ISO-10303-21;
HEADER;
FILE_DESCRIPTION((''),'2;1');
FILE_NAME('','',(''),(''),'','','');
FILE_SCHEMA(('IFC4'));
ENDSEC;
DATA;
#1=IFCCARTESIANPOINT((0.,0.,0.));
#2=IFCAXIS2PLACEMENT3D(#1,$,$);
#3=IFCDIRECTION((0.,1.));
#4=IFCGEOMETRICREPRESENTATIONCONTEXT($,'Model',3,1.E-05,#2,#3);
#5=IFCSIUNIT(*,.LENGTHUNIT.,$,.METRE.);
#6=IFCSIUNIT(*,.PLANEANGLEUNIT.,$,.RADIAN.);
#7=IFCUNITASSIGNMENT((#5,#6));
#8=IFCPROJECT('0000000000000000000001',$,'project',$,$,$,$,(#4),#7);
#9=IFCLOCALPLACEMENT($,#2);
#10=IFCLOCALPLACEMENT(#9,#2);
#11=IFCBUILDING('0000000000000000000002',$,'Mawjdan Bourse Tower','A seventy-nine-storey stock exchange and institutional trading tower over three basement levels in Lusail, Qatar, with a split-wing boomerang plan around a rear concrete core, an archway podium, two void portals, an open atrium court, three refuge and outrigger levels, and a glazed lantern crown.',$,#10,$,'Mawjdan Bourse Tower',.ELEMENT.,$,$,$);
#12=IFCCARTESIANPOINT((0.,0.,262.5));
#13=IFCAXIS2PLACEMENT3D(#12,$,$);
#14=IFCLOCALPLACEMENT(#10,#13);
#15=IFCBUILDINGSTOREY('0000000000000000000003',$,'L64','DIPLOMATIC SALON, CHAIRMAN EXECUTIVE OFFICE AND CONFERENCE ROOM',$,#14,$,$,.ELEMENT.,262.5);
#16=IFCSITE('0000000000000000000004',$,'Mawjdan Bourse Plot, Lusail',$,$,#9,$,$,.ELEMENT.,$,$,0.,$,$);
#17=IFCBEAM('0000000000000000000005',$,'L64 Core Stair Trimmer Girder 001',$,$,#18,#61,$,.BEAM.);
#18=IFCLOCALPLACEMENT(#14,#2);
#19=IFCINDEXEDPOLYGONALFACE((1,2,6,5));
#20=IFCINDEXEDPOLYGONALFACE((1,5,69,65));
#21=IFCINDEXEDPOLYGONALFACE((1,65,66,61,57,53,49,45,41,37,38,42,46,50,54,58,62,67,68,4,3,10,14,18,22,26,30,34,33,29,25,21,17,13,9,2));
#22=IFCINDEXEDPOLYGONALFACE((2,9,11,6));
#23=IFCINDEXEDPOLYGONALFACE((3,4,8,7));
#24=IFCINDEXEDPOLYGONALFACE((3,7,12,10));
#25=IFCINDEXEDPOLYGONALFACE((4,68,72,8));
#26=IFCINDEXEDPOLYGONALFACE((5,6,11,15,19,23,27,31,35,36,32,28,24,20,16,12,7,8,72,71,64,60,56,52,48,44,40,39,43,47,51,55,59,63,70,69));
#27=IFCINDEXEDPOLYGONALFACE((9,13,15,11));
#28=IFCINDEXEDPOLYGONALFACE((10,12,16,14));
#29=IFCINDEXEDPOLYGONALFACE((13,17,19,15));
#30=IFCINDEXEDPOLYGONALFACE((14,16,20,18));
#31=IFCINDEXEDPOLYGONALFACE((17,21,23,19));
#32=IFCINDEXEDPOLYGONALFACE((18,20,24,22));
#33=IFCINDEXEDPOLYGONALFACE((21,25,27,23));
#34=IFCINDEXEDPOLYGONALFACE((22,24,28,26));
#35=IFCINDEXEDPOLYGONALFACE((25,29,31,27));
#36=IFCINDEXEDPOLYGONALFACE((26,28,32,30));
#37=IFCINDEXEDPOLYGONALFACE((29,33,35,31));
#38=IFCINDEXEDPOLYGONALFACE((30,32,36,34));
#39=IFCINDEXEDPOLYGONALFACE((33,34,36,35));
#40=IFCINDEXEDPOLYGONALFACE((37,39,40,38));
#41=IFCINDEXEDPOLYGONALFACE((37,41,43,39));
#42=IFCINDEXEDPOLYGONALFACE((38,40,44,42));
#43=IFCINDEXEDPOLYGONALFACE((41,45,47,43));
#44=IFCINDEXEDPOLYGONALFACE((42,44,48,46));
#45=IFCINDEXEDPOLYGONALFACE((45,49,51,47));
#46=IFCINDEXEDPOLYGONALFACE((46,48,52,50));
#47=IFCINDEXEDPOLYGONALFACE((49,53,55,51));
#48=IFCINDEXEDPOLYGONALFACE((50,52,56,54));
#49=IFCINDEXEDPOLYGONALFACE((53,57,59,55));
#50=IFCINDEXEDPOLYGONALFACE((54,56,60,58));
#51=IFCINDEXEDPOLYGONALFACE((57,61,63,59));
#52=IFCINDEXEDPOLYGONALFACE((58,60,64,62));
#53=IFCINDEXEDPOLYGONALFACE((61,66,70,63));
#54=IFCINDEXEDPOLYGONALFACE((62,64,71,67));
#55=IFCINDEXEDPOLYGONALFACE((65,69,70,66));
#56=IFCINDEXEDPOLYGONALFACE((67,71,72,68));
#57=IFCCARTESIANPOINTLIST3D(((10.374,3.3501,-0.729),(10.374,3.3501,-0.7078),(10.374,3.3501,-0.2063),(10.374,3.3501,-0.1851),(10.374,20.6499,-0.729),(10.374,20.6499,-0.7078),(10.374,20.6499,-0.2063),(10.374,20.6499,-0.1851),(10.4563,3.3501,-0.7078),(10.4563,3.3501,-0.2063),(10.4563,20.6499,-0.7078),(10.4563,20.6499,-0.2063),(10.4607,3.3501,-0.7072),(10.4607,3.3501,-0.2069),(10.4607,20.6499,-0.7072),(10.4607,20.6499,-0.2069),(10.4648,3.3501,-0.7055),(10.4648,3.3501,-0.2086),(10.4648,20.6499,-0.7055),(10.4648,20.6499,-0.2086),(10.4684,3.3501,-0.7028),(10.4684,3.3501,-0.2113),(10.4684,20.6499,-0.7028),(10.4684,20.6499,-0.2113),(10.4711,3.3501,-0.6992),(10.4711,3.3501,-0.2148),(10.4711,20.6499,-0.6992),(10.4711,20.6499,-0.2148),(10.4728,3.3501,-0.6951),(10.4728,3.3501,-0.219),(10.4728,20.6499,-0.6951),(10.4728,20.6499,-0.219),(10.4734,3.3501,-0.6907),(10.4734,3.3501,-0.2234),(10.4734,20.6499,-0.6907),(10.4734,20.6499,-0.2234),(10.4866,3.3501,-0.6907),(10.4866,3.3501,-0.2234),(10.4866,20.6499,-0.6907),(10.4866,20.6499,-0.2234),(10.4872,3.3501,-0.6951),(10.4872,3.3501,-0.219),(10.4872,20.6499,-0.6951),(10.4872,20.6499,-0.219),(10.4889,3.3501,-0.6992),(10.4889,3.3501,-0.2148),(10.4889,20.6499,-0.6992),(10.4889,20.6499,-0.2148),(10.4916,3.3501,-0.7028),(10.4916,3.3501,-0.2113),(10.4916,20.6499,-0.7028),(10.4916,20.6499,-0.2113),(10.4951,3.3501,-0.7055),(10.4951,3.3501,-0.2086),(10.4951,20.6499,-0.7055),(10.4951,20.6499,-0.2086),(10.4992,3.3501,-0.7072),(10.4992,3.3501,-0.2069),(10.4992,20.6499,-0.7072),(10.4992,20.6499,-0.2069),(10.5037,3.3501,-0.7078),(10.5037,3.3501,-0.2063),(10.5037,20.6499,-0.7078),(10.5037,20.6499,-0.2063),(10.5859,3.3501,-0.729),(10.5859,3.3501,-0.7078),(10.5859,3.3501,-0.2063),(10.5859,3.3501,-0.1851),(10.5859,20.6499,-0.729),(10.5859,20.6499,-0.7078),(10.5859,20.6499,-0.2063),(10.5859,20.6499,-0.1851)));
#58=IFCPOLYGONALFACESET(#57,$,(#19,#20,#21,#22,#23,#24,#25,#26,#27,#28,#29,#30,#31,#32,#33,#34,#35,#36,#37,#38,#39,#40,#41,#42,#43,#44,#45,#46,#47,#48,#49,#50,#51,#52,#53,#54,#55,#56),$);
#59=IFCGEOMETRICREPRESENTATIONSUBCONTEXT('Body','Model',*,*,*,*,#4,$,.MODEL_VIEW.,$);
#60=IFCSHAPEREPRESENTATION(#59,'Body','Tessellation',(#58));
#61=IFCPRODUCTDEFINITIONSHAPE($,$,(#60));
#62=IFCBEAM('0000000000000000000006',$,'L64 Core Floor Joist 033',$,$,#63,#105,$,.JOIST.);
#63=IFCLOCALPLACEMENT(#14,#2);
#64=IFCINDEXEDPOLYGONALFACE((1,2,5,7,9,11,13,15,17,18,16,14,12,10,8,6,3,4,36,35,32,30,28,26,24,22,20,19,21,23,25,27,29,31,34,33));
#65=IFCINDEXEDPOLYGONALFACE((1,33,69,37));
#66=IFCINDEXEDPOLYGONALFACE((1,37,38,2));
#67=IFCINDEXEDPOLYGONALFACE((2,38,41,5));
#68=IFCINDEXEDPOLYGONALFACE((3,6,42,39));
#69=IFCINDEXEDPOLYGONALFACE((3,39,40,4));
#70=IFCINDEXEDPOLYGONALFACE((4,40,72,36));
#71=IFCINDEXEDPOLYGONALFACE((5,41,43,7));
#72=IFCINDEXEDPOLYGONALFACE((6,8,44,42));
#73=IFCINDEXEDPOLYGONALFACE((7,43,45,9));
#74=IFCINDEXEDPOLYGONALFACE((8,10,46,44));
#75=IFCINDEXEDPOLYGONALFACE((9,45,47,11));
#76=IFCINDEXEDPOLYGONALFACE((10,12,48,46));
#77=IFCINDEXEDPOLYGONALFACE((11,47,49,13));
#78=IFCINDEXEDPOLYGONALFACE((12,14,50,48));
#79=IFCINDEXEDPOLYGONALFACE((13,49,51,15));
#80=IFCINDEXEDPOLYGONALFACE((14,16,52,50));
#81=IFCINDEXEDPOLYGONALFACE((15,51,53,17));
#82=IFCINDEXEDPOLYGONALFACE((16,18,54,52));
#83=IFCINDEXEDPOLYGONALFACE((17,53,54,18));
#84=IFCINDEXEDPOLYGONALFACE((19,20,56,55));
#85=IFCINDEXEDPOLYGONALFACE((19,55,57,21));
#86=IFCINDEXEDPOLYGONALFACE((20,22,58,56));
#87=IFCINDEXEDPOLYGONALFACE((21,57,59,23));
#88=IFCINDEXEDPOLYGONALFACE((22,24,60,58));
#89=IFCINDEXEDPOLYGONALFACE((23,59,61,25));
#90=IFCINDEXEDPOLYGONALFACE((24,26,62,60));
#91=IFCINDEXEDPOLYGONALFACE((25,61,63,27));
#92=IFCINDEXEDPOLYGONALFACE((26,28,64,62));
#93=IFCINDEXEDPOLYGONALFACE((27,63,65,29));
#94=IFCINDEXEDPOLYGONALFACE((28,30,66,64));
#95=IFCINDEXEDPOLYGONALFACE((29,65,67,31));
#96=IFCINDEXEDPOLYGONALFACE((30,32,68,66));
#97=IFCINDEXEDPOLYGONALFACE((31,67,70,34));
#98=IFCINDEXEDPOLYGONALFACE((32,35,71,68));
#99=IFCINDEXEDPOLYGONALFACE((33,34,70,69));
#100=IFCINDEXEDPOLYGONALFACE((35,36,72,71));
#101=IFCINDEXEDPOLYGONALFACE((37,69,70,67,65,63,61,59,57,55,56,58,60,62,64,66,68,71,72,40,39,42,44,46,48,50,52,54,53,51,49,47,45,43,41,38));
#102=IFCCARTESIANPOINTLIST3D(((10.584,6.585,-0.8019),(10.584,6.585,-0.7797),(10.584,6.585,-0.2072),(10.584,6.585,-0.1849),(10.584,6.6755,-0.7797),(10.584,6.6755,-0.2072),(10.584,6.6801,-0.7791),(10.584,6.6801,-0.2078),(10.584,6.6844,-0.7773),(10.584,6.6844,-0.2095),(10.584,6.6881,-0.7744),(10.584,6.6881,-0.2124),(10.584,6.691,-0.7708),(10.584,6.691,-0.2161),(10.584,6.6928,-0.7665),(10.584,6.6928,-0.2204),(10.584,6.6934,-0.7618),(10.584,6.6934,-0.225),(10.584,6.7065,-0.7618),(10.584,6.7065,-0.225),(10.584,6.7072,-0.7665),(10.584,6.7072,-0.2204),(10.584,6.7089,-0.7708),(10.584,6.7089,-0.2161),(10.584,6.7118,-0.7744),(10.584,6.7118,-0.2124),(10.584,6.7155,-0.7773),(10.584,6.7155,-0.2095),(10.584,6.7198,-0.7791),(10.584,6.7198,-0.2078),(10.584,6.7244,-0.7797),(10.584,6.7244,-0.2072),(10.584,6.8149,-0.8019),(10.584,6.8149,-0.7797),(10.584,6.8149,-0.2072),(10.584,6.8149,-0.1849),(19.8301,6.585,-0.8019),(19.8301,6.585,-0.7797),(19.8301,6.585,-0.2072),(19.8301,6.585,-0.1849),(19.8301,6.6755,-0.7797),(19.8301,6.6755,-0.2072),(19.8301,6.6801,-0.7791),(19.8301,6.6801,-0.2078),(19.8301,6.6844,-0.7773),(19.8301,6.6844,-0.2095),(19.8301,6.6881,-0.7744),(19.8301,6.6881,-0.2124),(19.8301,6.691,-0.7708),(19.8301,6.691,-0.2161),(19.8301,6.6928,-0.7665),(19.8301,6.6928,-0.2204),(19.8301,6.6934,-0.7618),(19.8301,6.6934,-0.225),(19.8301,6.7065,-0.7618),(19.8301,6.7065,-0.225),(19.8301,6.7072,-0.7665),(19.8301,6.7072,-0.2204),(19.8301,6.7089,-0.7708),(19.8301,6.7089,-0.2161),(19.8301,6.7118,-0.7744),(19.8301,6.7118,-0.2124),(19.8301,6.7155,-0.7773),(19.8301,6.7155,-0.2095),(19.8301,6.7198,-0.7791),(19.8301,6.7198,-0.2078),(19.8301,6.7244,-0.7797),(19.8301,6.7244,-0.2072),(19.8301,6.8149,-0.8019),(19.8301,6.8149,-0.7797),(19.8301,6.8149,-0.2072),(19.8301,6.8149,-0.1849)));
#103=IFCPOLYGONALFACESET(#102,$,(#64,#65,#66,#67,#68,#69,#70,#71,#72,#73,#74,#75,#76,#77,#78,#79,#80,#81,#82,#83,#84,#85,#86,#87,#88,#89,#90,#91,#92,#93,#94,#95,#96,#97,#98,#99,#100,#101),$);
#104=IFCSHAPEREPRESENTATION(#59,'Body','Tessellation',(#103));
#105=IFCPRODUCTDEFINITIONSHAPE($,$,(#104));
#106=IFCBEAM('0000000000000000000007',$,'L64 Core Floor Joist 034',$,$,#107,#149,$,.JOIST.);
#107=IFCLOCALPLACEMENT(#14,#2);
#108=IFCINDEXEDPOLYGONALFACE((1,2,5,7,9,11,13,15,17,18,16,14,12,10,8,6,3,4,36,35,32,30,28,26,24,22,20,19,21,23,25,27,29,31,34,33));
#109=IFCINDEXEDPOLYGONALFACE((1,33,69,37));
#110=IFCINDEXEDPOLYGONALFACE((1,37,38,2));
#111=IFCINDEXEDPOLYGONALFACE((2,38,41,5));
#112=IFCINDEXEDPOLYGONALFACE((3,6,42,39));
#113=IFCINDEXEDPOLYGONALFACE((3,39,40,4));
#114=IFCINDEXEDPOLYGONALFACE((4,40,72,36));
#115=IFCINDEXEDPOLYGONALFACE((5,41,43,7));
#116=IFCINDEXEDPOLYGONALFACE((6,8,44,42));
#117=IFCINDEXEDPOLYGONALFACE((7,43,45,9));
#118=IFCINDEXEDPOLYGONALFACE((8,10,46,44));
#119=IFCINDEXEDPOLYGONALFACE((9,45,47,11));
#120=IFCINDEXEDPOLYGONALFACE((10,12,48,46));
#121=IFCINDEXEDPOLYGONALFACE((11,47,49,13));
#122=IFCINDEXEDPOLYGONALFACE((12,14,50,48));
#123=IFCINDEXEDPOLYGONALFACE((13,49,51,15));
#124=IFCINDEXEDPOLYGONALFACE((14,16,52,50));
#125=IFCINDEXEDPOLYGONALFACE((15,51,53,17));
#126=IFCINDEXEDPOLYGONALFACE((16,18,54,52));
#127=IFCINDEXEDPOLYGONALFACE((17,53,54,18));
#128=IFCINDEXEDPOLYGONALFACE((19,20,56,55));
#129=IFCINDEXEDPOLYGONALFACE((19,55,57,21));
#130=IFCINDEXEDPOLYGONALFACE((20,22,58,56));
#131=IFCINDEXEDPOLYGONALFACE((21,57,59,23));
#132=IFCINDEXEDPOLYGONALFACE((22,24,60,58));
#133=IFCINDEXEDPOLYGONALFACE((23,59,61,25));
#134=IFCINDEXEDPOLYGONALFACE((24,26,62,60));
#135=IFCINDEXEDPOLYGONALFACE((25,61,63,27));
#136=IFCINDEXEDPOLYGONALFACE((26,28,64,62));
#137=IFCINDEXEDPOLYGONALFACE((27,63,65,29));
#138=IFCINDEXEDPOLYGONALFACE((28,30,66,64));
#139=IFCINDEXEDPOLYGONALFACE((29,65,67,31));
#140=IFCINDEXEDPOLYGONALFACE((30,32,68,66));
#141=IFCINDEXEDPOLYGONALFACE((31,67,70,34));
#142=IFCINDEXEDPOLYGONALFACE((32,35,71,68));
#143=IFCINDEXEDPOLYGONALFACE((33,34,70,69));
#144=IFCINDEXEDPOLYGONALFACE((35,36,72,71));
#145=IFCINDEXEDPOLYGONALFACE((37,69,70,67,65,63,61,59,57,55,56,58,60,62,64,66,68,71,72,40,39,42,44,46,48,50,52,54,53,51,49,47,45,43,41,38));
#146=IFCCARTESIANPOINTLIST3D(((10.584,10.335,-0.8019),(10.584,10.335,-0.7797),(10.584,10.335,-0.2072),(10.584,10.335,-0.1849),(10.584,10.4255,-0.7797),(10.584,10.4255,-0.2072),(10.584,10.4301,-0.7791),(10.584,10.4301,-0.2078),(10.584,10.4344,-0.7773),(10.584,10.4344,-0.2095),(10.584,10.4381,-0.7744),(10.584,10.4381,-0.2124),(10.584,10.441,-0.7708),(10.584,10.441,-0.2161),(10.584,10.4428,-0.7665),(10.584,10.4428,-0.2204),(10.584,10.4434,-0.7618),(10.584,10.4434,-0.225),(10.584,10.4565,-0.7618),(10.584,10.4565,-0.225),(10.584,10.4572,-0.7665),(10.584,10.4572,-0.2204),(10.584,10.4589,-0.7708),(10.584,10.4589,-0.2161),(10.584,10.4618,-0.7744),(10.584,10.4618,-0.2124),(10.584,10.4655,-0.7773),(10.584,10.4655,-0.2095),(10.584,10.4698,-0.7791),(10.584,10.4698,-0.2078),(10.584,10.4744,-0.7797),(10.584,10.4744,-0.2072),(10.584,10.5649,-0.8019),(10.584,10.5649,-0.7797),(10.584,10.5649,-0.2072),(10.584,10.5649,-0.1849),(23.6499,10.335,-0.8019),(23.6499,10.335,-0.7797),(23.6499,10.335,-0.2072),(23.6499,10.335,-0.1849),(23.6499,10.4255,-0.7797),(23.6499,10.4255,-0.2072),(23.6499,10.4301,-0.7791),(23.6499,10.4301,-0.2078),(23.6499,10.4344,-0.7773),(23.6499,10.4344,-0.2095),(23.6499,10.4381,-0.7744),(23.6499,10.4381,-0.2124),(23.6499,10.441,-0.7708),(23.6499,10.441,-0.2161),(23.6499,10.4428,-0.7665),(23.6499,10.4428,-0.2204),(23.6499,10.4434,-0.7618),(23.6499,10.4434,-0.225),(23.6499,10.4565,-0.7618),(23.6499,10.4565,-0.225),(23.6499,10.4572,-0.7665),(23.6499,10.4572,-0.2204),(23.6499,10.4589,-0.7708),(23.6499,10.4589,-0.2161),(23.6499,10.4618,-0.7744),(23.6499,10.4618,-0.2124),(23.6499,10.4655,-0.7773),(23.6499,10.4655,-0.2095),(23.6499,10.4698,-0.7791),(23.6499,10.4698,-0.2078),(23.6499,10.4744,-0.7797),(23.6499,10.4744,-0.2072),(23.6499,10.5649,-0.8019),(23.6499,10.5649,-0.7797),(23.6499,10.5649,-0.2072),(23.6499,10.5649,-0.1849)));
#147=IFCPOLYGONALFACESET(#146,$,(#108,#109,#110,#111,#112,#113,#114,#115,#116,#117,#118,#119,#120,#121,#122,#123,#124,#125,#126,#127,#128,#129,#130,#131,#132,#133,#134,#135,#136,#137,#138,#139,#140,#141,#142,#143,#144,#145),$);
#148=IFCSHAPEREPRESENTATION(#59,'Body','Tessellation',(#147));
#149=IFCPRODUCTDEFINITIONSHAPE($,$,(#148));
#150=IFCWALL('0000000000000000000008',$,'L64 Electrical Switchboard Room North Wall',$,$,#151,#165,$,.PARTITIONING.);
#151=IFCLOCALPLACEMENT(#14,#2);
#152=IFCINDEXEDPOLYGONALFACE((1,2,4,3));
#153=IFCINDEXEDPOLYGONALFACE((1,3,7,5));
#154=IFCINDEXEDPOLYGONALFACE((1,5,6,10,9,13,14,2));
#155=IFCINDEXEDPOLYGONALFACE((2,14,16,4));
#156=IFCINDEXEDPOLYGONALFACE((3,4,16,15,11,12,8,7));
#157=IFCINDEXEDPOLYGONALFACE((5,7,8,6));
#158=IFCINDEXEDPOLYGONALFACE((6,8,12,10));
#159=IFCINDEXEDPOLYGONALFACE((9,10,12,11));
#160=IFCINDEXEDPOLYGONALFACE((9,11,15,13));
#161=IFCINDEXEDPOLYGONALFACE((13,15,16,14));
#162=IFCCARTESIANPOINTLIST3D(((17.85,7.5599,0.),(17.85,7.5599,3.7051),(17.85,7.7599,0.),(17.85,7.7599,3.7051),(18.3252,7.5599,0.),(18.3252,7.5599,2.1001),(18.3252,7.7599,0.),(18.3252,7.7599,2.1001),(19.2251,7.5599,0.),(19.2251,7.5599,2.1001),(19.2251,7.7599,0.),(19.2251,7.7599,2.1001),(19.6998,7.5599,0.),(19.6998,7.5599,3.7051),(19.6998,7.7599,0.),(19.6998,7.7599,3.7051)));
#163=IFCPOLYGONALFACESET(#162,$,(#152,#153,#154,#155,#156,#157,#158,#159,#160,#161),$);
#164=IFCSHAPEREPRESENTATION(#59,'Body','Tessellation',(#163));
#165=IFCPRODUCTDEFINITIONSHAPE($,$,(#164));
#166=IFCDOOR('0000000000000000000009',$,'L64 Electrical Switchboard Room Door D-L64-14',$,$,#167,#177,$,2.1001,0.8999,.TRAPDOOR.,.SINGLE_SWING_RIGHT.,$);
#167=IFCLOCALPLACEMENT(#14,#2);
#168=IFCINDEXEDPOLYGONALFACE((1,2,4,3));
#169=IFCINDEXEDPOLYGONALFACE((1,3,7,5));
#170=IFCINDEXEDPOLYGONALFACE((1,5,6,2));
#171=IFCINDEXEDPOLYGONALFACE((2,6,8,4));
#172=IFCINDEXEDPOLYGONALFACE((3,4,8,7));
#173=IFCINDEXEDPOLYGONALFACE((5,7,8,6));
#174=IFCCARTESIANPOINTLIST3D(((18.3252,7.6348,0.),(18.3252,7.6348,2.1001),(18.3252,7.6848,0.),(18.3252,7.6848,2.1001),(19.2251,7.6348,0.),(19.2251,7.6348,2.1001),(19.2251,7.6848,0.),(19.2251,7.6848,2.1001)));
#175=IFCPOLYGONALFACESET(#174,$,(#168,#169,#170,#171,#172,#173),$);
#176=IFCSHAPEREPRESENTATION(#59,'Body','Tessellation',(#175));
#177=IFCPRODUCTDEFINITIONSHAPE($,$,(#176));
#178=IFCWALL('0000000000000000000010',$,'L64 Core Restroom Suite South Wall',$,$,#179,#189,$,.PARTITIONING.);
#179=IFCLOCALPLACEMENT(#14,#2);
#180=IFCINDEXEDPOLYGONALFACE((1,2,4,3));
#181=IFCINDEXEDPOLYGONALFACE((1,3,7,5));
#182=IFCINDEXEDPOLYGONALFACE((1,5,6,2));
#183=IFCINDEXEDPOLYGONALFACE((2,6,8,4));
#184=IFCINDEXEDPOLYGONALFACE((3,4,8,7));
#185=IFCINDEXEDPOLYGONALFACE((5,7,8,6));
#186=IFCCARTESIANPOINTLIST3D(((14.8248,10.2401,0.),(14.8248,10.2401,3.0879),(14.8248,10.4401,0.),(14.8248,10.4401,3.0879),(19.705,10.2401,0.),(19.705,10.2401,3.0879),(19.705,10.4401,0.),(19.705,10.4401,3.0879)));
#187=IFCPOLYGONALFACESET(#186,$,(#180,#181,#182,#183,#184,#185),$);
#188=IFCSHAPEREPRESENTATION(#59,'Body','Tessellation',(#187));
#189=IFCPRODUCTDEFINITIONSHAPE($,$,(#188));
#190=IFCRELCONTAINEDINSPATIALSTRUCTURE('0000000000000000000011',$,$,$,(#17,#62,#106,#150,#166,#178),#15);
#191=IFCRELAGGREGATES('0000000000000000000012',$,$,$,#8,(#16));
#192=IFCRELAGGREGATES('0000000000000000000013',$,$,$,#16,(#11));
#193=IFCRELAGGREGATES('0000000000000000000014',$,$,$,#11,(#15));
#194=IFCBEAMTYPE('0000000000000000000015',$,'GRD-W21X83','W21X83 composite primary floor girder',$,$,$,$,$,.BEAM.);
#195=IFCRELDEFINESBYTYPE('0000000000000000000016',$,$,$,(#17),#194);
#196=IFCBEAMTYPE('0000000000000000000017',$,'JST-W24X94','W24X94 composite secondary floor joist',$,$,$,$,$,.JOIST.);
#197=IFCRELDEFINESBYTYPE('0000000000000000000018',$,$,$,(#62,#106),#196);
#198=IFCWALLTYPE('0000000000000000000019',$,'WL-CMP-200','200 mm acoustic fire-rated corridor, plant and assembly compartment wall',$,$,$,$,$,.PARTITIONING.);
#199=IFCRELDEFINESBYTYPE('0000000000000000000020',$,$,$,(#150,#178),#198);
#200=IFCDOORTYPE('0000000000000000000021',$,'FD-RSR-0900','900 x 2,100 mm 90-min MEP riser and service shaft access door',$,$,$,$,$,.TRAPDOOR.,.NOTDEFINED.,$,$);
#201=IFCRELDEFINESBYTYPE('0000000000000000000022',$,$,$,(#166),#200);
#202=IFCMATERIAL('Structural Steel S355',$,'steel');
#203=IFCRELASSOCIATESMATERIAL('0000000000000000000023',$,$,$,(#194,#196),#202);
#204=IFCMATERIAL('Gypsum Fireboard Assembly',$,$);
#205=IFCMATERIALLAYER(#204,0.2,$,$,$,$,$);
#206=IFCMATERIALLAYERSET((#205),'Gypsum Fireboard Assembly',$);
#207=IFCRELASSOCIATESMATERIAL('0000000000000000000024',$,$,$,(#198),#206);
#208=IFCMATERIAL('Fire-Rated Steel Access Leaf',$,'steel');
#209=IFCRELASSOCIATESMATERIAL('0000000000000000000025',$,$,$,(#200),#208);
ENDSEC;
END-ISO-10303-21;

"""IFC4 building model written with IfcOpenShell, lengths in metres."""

from ifc_helpers import new_model, si_unit, direction, frame, frame_2d, origin, origin_2d, place, context, subcontext, project, spatial, rectangle, i_section, extrude, material, layer, layer_set, material_profile, profile_set, type_object, element, fill, save


model = new_model("IFC4")

# Units and contexts
model_context = context("Model", 3, precision=1e-05, world=origin(), true_north=direction((0.0, 1.0)))
body_context = subcontext(model_context, "Body", "Model", "MODEL_VIEW")
ifc_project = project(units=[si_unit("LENGTHUNIT", "METRE"), si_unit("PLANEANGLEUNIT", "RADIAN")], contexts=[model_context])

# Site, building, storey
site_placement = place(None, origin())
site = spatial("IfcSite", under=ifc_project, at=site_placement, Name="Mawjdan Bourse Plot, Lusail", CompositionType="ELEMENT", RefElevation=0.0)
building_placement = place(site_placement, origin())
building = spatial("IfcBuilding", under=site, at=building_placement, Name="Mawjdan Bourse Tower", Description="A seventy-nine-storey stock exchange and institutional trading tower over three basement levels in Lusail, Qatar, with a split-wing boomerang plan around a rear concrete core, an archway podium, two void portals, an open atrium court, three refuge and outrigger levels, and a glazed lantern crown.", LongName="Mawjdan Bourse Tower", CompositionType="ELEMENT")
storey_placement = place(building_placement, frame((0.0, 0.0, 262.5)))
storey = spatial("IfcBuildingStorey", under=building, at=storey_placement, Name="L64", Description="DIPLOMATIC SALON, CHAIRMAN EXECUTIVE OFFICE AND CONFERENCE ROOM", CompositionType="ELEMENT", Elevation=262.5)

# Beams
ifc_material_1 = material(Name="Structural Steel S355", Category="steel")
ifc_material_profile_1 = material_profile(ifc_material_1, i_section(OverallWidth=0.2119, OverallDepth=0.5439, WebThickness=0.0132, FlangeThickness=0.0212, FilletRadius=0.0171, at=origin_2d()), Name="W21X83")
ifc_profile_set_1 = profile_set([ifc_material_profile_1], Name="Structural Steel S355")
beam_type_1 = type_object("IfcBeamType", Name="GRD-W21X83", Description="W21X83 composite primary floor girder", PredefinedType="BEAM", material=ifc_profile_set_1)
beam_1_placement = place(storey_placement, frame((10.48, 3.3501, -0.457), z_axis=(0.0, 1.0, 0.0), x_axis=(-1.0, 0.0, 0.0)))
element("IfcBeam", 1, at=beam_1_placement, inside=storey, type_object=beam_type_1, Name="L64 Core Stair Trimmer Girder 001", PredefinedType="BEAM", context=body_context, shape_type="SweptSolid", body=[
    extrude(i_section(OverallWidth=0.2119, OverallDepth=0.5439, WebThickness=0.0132, FlangeThickness=0.0212, FilletRadius=0.0171, at=origin_2d()), origin(), (0.0, 0.0, 1.0), 17.2998),
])
ifc_material_profile_2 = material_profile(ifc_material_1, i_section(OverallWidth=0.23, OverallDepth=0.6169, WebThickness=0.0132, FlangeThickness=0.0222, FilletRadius=0.0178, at=origin_2d()), Name="W24X94")
ifc_profile_set_2 = profile_set([ifc_material_profile_2], Name="Structural Steel S355")
beam_type_2 = type_object("IfcBeamType", Name="JST-W24X94", Description="W24X94 composite secondary floor joist", PredefinedType="JOIST", material=ifc_profile_set_2)
beam_2_placement = place(storey_placement, frame((10.584, 6.7, -0.4934), z_axis=(1.0, 0.0, 0.0), x_axis=(0.0, 1.0, 0.0)))
element("IfcBeam", 2, at=beam_2_placement, inside=storey, type_object=beam_type_2, Name="L64 Core Floor Joist 033", PredefinedType="JOIST", context=body_context, shape_type="SweptSolid", body=[
    extrude(i_section(OverallWidth=0.23, OverallDepth=0.6169, WebThickness=0.0132, FlangeThickness=0.0222, FilletRadius=0.0178, at=origin_2d()), origin(), (0.0, 0.0, 1.0), 9.2461),
])
beam_3_placement = place(storey_placement, frame((10.584, 10.45, -0.4934), z_axis=(1.0, 0.0, 0.0), x_axis=(0.0, 1.0, 0.0)))
element("IfcBeam", 3, at=beam_3_placement, inside=storey, type_object=beam_type_2, Name="L64 Core Floor Joist 034", PredefinedType="JOIST", context=body_context, shape_type="SweptSolid", body=[
    extrude(i_section(OverallWidth=0.23, OverallDepth=0.6169, WebThickness=0.0132, FlangeThickness=0.0222, FilletRadius=0.0178, at=origin_2d()), origin(), (0.0, 0.0, 1.0), 13.0659),
])

# Wall, opening, door
ifc_material_2 = material(Name="Gypsum Fireboard Assembly")
ifc_layer_1 = layer(ifc_material_2, 0.2)
ifc_layer_set_1 = layer_set([ifc_layer_1], Name="Gypsum Fireboard Assembly")
wall_type_1 = type_object("IfcWallType", Name="WL-CMP-200", Description="200 mm acoustic fire-rated corridor, plant and assembly compartment wall", PredefinedType="PARTITIONING", material=ifc_layer_set_1)
wall_1_placement = place(storey_placement, frame((17.8501, 7.6599, 0.0), z_axis=(0.0, 0.0, 1.0), x_axis=(1.0, 0.0, 0.0)))
wall_1 = element("IfcWall", 4, at=wall_1_placement, inside=storey, type_object=wall_type_1, Name="L64 Electrical Switchboard Room North Wall", PredefinedType="PARTITIONING", context=body_context, shape_type="SweptSolid", body=[
    extrude(rectangle(XDim=1.8499, YDim=0.2, at=frame_2d((0.9248, 0.0))), origin(), (0.0, 0.0, 1.0), 3.7051),
])
opening_1_placement = place(wall_1_placement, frame((0.4751, 0.0, 0.0)))
opening_1 = element("IfcOpeningElement", 5, at=opening_1_placement, cuts=wall_1, PredefinedType="OPENING", context=body_context, shape_type="SweptSolid", body=[
    extrude(rectangle(XDim=0.8999, YDim=2.1001, at=frame_2d((0.45, 1.05))), frame((0.0, 0.1099, 0.0), z_axis=(0.0, -1.0, 0.0), x_axis=(1.0, 0.0, 0.0)), (0.0, 0.0, 1.0), 0.22),
])
ifc_material_3 = material(Name="Fire-Rated Steel Access Leaf", Category="steel")
door_type_1 = type_object("IfcDoorType", Name="FD-RSR-0900", Description="900 x 2,100 mm 90-min MEP riser and service shaft access door", OperationType="NOTDEFINED", PredefinedType="TRAPDOOR", material=ifc_material_3)
door_1_placement = place(opening_1_placement, origin())
door_1 = element("IfcDoor", 6, at=door_1_placement, inside=storey, type_object=door_type_1, Name="L64 Electrical Switchboard Room Door D-L64-14", OperationType="SINGLE_SWING_RIGHT", OverallHeight=2.1001, OverallWidth=0.8999, PredefinedType="TRAPDOOR", context=body_context, shape_type="SweptSolid", body=[
    extrude(rectangle(XDim=0.8999, YDim=2.1001, at=frame_2d((0.45, 1.05))), frame((0.0, 0.0249, 0.0), z_axis=(0.0, -1.0, 0.0), x_axis=(1.0, 0.0, 0.0)), (0.0, 0.0, 1.0), 0.05),
])
fill(opening_1, door_1)

# Wall
wall_2_placement = place(storey_placement, frame((14.825, 10.3401, 0.0), z_axis=(0.0, 0.0, 1.0), x_axis=(1.0, 0.0, 0.0)))
element("IfcWall", 7, at=wall_2_placement, inside=storey, type_object=wall_type_1, Name="L64 Core Restroom Suite South Wall", PredefinedType="PARTITIONING", context=body_context, shape_type="SweptSolid", body=[
    extrude(rectangle(XDim=4.8801, YDim=0.2, at=frame_2d((2.4399, 0.0))), origin(), (0.0, 0.0, 1.0), 3.0879),
])

save(model, "model.ifc")
